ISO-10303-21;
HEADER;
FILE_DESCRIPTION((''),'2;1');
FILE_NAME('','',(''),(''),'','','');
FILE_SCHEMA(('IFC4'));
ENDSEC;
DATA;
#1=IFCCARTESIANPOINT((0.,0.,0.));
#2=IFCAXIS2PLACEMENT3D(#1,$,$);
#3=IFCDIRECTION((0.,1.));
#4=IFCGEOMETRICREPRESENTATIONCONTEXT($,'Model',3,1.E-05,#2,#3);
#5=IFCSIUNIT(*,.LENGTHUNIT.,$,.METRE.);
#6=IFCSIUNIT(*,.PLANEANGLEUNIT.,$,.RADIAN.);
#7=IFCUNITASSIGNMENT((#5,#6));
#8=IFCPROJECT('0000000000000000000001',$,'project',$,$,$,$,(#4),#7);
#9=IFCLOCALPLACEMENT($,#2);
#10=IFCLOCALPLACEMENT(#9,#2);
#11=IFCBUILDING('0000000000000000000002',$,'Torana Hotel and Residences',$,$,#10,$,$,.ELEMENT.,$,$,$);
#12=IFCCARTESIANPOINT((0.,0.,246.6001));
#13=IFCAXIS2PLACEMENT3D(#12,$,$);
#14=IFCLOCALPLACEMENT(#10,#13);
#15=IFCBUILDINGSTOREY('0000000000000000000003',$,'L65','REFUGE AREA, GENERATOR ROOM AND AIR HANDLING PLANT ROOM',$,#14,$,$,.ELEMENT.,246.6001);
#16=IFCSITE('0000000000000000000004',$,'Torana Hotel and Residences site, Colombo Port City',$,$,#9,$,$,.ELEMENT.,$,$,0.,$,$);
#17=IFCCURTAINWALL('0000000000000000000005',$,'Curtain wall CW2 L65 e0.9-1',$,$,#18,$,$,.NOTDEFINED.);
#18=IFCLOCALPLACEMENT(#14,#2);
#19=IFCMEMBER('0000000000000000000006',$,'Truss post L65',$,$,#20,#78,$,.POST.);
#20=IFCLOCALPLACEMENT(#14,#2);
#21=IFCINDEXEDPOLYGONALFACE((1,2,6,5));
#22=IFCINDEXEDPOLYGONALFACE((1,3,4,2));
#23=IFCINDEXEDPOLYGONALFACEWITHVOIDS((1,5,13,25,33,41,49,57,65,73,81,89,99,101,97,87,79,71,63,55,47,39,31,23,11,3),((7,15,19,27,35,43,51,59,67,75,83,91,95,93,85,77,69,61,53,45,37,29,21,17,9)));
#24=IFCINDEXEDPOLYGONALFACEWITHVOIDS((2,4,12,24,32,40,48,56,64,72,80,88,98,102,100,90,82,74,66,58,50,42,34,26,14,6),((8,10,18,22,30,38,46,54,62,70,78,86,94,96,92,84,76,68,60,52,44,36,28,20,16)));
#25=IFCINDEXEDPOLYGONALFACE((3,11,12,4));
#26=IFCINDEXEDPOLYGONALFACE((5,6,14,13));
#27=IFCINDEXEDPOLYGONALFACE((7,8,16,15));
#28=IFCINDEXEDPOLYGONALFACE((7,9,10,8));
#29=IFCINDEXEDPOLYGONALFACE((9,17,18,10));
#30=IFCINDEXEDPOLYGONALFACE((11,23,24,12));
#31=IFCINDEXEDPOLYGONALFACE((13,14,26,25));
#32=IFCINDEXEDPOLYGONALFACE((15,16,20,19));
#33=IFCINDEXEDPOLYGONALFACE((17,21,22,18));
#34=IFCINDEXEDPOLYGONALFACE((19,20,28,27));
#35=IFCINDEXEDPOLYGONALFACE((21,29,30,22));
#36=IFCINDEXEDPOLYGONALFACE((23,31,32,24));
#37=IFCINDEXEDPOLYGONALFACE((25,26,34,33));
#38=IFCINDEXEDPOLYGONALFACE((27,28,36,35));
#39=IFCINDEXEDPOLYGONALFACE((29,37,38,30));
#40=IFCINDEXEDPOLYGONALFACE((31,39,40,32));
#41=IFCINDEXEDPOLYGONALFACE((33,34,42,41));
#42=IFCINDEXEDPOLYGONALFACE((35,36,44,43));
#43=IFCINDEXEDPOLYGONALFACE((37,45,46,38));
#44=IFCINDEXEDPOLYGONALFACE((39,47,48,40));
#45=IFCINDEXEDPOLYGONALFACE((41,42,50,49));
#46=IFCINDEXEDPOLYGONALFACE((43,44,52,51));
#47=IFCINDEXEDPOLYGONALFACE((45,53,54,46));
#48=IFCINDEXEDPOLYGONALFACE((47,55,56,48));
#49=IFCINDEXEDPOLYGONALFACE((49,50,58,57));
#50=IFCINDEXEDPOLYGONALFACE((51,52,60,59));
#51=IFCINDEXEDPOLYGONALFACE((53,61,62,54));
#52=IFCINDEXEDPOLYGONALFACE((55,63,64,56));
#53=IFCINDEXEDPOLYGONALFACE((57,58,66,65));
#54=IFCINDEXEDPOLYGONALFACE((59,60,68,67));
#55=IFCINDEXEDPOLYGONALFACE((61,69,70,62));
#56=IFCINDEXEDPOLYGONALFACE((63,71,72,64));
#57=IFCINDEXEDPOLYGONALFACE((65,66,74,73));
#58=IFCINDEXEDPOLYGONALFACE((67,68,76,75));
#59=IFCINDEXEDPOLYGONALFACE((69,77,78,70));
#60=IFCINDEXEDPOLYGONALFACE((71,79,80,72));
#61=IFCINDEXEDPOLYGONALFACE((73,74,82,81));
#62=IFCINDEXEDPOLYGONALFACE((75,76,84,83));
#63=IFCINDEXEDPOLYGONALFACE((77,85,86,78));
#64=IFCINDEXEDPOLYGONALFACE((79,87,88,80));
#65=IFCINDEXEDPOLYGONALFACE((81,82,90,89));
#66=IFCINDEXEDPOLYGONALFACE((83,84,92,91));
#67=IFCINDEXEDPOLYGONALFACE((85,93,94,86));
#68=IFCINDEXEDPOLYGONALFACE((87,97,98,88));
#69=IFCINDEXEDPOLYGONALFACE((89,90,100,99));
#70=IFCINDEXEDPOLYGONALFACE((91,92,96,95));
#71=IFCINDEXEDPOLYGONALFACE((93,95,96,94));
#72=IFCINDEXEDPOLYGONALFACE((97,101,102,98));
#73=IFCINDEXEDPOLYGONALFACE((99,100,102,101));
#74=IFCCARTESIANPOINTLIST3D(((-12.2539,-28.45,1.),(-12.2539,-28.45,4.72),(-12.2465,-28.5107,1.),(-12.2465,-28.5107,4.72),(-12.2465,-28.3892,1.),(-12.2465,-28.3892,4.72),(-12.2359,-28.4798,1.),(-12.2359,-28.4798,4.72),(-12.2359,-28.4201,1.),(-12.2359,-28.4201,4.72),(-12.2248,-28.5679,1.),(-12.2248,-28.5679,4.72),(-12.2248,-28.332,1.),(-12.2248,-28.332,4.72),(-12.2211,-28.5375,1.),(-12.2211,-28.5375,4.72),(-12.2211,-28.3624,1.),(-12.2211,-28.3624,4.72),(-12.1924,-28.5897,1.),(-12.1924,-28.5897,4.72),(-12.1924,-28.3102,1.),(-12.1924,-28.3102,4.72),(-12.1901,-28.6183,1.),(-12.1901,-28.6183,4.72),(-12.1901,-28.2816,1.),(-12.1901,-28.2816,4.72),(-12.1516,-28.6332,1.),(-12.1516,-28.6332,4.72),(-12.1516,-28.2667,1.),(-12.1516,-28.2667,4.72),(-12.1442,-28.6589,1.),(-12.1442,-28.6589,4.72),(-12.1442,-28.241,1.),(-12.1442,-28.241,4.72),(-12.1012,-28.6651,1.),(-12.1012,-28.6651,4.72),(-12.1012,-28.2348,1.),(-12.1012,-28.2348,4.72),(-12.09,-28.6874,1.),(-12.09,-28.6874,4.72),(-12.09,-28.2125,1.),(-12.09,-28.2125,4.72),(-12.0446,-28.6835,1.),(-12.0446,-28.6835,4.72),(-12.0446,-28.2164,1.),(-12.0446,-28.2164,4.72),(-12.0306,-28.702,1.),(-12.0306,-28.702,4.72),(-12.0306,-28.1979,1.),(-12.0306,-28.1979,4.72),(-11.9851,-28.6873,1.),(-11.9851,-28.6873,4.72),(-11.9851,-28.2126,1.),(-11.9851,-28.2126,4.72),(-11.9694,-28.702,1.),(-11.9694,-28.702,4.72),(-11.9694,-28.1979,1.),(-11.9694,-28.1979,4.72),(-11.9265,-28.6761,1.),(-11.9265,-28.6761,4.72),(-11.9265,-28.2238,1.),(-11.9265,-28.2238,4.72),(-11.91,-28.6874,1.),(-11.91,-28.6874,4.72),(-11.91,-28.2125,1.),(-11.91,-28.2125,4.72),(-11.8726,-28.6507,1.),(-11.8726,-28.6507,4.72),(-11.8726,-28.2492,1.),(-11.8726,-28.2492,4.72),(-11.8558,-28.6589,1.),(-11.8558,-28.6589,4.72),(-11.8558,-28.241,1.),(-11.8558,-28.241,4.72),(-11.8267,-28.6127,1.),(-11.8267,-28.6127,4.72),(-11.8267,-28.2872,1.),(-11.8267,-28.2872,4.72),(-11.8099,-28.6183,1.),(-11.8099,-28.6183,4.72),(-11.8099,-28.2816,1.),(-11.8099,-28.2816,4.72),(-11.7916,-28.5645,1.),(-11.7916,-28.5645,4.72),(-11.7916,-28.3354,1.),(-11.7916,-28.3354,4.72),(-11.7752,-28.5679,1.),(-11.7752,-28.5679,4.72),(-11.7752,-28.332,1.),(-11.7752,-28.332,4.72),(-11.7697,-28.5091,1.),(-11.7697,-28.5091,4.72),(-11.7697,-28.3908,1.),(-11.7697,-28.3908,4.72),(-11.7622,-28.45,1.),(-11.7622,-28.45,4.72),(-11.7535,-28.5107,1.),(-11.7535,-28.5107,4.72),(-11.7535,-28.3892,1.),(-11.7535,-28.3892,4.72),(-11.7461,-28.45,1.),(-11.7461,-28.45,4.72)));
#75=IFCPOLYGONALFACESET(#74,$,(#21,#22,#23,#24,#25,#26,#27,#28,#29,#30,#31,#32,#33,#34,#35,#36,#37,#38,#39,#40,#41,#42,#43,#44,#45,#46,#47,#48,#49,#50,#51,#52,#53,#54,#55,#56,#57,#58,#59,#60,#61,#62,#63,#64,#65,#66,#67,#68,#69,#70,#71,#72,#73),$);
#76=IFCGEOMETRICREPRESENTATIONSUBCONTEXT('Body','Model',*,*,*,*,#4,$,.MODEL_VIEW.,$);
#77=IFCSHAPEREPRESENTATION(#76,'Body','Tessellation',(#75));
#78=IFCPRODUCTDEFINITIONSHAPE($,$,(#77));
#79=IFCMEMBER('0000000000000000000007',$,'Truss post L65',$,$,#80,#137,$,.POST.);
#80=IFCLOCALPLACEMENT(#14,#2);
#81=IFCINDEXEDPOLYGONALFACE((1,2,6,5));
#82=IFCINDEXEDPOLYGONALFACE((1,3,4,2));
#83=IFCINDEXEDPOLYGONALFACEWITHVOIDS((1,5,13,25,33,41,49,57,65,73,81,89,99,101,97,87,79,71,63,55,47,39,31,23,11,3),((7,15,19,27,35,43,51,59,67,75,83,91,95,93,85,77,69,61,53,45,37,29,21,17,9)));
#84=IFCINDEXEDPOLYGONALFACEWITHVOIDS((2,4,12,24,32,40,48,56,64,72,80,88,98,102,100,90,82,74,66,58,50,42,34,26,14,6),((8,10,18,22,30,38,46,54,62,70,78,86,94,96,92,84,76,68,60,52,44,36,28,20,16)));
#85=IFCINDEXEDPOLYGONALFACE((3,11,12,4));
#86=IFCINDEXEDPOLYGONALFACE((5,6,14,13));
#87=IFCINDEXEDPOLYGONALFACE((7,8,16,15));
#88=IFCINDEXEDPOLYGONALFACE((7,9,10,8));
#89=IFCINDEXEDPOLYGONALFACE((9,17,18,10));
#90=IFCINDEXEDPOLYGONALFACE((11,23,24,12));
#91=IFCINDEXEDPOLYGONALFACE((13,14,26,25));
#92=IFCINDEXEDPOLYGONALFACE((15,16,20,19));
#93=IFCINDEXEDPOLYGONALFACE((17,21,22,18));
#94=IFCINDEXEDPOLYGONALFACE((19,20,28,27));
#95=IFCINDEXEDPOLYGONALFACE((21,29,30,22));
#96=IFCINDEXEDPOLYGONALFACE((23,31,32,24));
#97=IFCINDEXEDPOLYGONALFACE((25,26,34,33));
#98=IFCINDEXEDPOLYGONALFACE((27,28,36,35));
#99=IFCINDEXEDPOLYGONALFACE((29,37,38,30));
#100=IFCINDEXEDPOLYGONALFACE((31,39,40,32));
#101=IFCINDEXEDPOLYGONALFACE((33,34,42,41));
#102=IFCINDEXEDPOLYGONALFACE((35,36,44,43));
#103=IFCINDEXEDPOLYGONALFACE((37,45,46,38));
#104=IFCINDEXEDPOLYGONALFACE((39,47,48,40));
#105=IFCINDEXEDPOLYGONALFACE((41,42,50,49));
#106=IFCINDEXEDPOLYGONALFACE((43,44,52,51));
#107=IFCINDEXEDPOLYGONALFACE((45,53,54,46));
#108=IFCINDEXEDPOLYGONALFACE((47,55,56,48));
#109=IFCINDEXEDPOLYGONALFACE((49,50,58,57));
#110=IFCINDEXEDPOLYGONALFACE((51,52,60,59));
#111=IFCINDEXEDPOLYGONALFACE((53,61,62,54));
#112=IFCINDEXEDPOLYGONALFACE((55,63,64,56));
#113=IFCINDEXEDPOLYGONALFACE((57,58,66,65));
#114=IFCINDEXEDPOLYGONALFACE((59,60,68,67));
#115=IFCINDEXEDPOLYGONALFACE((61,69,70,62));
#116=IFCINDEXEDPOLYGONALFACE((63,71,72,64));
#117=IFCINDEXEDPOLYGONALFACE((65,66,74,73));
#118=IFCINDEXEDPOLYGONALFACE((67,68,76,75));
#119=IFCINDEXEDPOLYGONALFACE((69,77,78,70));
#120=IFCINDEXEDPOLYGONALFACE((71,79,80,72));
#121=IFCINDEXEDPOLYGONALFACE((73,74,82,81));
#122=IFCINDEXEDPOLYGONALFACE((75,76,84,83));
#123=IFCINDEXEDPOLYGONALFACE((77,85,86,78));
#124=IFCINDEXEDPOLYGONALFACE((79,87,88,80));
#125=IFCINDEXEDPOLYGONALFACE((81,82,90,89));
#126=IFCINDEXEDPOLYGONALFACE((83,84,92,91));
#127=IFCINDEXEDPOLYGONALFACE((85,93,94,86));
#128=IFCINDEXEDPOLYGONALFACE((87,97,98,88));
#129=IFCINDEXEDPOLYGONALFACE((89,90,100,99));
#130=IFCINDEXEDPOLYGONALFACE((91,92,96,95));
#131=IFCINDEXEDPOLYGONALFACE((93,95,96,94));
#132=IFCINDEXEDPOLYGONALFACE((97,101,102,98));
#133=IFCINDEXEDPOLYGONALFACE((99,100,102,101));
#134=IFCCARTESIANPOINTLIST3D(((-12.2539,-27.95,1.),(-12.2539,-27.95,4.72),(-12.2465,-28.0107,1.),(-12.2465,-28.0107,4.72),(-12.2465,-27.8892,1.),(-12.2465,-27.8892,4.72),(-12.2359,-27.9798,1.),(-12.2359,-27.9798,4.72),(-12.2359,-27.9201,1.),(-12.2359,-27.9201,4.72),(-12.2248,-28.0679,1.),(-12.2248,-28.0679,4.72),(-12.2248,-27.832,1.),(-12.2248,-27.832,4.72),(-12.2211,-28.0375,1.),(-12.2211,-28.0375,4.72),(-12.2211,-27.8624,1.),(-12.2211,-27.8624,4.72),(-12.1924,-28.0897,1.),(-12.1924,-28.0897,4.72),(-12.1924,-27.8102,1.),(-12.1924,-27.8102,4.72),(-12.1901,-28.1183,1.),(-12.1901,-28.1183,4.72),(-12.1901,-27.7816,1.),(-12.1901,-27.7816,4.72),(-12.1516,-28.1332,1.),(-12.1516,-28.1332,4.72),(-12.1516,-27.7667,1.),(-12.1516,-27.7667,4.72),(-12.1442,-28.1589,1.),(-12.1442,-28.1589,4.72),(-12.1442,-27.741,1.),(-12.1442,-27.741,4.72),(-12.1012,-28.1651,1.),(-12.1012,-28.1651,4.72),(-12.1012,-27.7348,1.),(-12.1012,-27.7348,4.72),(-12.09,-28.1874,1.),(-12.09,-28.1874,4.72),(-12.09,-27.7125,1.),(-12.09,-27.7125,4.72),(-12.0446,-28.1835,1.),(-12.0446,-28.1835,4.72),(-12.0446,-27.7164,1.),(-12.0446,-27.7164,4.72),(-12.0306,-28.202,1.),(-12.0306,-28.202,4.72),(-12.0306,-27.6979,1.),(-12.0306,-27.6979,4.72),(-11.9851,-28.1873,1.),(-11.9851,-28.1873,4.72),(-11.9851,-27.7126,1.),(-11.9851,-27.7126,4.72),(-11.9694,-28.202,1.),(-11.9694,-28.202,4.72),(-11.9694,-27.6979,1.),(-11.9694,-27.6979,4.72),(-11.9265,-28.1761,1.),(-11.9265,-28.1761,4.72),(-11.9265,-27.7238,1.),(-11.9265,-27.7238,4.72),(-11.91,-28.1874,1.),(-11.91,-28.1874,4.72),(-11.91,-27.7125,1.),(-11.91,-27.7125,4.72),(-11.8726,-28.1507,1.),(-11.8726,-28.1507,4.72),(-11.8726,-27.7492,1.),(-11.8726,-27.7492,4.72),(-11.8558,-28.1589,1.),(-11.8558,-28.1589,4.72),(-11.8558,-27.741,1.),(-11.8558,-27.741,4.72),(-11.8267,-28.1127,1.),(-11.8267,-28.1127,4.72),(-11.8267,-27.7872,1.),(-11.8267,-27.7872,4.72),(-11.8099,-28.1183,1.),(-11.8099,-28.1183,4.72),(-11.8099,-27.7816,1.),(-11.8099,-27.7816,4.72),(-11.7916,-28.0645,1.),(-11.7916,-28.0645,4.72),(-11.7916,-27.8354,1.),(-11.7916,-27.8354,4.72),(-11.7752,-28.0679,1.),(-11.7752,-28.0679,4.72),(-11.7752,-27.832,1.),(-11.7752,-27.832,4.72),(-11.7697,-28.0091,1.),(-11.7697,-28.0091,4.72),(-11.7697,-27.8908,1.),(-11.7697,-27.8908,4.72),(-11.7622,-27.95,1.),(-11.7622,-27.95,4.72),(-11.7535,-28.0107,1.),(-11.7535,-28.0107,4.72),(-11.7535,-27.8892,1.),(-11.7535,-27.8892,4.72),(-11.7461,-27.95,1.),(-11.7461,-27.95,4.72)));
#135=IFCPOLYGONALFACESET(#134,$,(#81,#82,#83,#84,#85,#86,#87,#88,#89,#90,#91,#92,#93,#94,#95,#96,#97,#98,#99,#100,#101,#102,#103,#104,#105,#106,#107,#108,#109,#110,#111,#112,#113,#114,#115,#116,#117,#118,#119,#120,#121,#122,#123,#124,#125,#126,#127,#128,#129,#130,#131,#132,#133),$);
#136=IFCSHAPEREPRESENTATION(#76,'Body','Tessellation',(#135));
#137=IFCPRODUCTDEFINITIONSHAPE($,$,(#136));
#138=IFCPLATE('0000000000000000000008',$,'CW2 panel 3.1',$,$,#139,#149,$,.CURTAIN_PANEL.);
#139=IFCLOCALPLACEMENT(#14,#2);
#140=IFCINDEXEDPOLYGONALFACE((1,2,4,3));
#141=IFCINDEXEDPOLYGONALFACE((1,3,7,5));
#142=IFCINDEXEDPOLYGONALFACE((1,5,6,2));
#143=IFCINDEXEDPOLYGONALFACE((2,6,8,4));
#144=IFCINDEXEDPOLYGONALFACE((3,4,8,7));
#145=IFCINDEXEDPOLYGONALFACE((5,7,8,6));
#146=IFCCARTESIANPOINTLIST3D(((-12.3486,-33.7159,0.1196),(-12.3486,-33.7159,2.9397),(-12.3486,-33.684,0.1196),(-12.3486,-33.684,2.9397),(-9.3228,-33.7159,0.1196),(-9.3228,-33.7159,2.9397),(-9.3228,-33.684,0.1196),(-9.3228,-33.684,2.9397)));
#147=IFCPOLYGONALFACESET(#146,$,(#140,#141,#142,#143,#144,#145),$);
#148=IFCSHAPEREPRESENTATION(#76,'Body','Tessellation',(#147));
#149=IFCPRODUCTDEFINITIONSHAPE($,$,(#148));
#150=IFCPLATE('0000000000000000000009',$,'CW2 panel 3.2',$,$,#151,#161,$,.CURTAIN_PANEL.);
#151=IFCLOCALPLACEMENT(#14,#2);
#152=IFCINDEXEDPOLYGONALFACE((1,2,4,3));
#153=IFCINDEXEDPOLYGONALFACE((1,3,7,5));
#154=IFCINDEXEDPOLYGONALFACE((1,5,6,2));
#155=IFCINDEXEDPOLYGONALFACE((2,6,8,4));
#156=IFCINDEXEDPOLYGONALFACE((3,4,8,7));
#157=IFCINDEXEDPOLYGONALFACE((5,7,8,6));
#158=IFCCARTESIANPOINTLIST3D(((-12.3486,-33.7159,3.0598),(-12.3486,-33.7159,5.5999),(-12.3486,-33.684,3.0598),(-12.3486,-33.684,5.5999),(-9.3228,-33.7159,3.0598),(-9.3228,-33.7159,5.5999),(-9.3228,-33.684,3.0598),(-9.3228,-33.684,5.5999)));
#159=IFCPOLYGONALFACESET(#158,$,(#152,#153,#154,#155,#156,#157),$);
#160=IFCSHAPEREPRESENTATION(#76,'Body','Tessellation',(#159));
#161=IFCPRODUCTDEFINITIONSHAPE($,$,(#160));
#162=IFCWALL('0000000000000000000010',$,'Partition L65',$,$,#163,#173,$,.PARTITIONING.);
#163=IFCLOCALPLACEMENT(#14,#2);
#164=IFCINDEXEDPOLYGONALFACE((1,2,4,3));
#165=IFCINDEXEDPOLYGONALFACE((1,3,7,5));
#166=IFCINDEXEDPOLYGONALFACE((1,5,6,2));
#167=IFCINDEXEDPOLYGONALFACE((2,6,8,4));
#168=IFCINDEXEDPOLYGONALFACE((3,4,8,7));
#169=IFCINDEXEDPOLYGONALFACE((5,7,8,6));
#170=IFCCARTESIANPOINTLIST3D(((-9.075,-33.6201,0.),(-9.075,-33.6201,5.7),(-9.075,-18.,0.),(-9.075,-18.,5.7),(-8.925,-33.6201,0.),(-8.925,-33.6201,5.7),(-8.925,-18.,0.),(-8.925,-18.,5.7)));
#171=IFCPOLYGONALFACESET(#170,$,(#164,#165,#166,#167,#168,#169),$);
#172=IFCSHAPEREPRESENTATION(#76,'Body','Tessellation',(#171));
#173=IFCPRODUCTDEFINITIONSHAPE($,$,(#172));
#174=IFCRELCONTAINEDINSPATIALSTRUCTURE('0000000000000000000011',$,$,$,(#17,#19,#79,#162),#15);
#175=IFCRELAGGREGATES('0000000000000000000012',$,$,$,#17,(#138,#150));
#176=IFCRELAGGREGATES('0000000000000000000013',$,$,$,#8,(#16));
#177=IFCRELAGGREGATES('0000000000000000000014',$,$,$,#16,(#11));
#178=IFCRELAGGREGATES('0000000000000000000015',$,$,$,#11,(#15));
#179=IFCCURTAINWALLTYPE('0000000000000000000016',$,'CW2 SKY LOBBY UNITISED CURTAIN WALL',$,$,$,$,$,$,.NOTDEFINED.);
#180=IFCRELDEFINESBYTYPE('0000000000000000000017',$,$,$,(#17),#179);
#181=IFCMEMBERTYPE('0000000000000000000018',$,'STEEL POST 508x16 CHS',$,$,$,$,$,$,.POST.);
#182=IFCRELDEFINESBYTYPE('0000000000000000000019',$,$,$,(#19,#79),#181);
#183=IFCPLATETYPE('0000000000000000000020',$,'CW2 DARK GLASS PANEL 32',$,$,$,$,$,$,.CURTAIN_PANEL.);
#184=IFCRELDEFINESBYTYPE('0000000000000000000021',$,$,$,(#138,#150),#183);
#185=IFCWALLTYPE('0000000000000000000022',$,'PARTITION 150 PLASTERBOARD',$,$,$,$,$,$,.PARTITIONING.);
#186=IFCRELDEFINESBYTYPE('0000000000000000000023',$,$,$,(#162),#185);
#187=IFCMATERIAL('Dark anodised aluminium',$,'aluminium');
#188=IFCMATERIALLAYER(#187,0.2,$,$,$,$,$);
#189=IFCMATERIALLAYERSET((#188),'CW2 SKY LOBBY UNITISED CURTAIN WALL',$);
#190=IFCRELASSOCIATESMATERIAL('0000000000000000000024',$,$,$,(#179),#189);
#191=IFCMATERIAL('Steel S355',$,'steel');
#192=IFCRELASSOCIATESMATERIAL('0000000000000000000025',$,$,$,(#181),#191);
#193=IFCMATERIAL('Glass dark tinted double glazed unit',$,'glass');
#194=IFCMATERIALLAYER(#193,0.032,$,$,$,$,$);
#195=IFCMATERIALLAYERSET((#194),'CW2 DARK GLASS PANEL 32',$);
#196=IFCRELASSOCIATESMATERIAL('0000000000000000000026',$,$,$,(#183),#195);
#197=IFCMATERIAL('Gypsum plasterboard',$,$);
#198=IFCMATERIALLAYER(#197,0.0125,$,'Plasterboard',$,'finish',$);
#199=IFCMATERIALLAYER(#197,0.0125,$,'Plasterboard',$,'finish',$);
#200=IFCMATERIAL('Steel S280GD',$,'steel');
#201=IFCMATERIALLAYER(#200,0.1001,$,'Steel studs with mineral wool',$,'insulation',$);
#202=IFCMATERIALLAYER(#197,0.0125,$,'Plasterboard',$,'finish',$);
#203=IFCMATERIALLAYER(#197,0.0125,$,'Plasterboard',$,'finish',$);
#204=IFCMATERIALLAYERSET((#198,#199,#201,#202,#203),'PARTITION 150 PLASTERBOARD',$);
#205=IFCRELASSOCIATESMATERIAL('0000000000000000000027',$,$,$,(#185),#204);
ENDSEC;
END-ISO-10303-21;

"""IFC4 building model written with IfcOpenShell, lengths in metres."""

from ifc_helpers import new_model, si_unit, direction, frame, frame_2d, origin, origin_2d, place, context, subcontext, project, spatial, rectangle, hollow_circle, extrude, material, layer, layer_set, material_profile, profile_set, type_object, element, aggregate, save


model = new_model("IFC4")

# Units and contexts
model_context = context("Model", 3, precision=1e-05, world=origin(), true_north=direction((0.0, 1.0)))
body_context = subcontext(model_context, "Body", "Model", "MODEL_VIEW")
ifc_project = project(units=[si_unit("LENGTHUNIT", "METRE"), si_unit("PLANEANGLEUNIT", "RADIAN")], contexts=[model_context])

# Site, building, storey
site_placement = place(None, origin())
site = spatial("IfcSite", under=ifc_project, at=site_placement, Name="Torana Hotel and Residences site, Colombo Port City", CompositionType="ELEMENT", RefElevation=0.0)
building_placement = place(site_placement, origin())
building = spatial("IfcBuilding", under=site, at=building_placement, Name="Torana Hotel and Residences", CompositionType="ELEMENT")
storey_placement = place(building_placement, frame((0.0, 0.0, 246.6001)))
storey = spatial("IfcBuildingStorey", under=building, at=storey_placement, Name="L65", Description="REFUGE AREA, GENERATOR ROOM AND AIR HANDLING PLANT ROOM", CompositionType="ELEMENT", Elevation=246.6001)

# Curtain wall
ifc_material_1 = material(Name="Dark anodised aluminium", Category="aluminium")
ifc_layer_1 = layer(ifc_material_1, 0.2)
ifc_layer_set_1 = layer_set([ifc_layer_1], Name="CW2 SKY LOBBY UNITISED CURTAIN WALL")
curtain_wall_type = type_object("IfcCurtainWallType", Name="CW2 SKY LOBBY UNITISED CURTAIN WALL", PredefinedType="NOTDEFINED", material=ifc_layer_set_1)
curtain_wall_placement = place(storey_placement, origin())
curtain_wall = element("IfcCurtainWall", 1, at=curtain_wall_placement, inside=storey, type_object=curtain_wall_type, Name="Curtain wall CW2 L65 e0.9-1", PredefinedType="NOTDEFINED")

# Members
ifc_material_2 = material(Name="Steel S355", Category="steel")
ifc_material_profile_1 = material_profile(ifc_material_2, hollow_circle(Radius=0.2539, WallThickness=0.0161, at=origin_2d()), Name="508x16 CHS")
ifc_profile_set_1 = profile_set([ifc_material_profile_1], Name="Steel S355")
member_type_1 = type_object("IfcMemberType", Name="STEEL POST 508x16 CHS", PredefinedType="POST", material=ifc_profile_set_1)
for number, where, z_axis, x_axis, name in (
    (2, (-12.0, -28.45, 1.0), (0.0, 0.0, 1.0), (1.0, 0.0, 0.0), "Truss post L65"),
    (3, (-12.0, -27.95, 1.0), (0.0, 0.0, 1.0), (1.0, 0.0, 0.0), "Truss post L65"),
):
    element("IfcMember", number, at=place(storey_placement, frame(where, z_axis=z_axis, x_axis=x_axis)), inside=storey, type_object=member_type_1, Name=name, PredefinedType="POST", context=body_context, shape_type="SweptSolid", body=[
        extrude(hollow_circle(Radius=0.2539, WallThickness=0.0161, at=origin_2d()), origin(), (0.0, 0.0, 1.0), 3.72),
    ])

# Plates
ifc_material_3 = material(Name="Glass dark tinted double glazed unit", Category="glass")
ifc_layer_2 = layer(ifc_material_3, 0.032)
ifc_layer_set_2 = layer_set([ifc_layer_2], Name="CW2 DARK GLASS PANEL 32")
plate_type = type_object("IfcPlateType", Name="CW2 DARK GLASS PANEL 32", PredefinedType="CURTAIN_PANEL", material=ifc_layer_set_2)
plate_1_placement = place(storey_placement, frame((-10.8357, -33.7, 0.1196), z_axis=(0.0, 0.0, 1.0), x_axis=(1.0, 0.0, 0.0)))
plate_1 = element("IfcPlate", 4, at=plate_1_placement, type_object=plate_type, Name="CW2 panel 3.1", PredefinedType="CURTAIN_PANEL", context=body_context, shape_type="SweptSolid", body=[
    extrude(rectangle(XDim=3.0259, YDim=0.032, at=origin_2d()), origin(), (0.0, 0.0, 1.0), 2.8201),
])
plate_2_placement = place(storey_placement, frame((-10.8357, -33.7, 3.0598), z_axis=(0.0, 0.0, 1.0), x_axis=(1.0, 0.0, 0.0)))
plate_2 = element("IfcPlate", 5, at=plate_2_placement, type_object=plate_type, Name="CW2 panel 3.2", PredefinedType="CURTAIN_PANEL", context=body_context, shape_type="SweptSolid", body=[
    extrude(rectangle(XDim=3.0259, YDim=0.032, at=origin_2d()), origin(), (0.0, 0.0, 1.0), 2.54),
])
aggregate(curtain_wall, [plate_1, plate_2])

# Wall
ifc_material_4 = material(Name="Gypsum plasterboard")
ifc_layer_3 = layer(ifc_material_4, 0.0125, Name="Plasterboard", Category="finish")
ifc_layer_4 = layer(ifc_material_4, 0.0125, Name="Plasterboard", Category="finish")
ifc_material_5 = material(Name="Steel S280GD", Category="steel")
ifc_layer_5 = layer(ifc_material_5, 0.1001, Name="Steel studs with mineral wool", Category="insulation")
ifc_layer_6 = layer(ifc_material_4, 0.0125, Name="Plasterboard", Category="finish")
ifc_layer_7 = layer(ifc_material_4, 0.0125, Name="Plasterboard", Category="finish")
ifc_layer_set_3 = layer_set([ifc_layer_3, ifc_layer_4, ifc_layer_5, ifc_layer_6, ifc_layer_7], Name="PARTITION 150 PLASTERBOARD")
wall_type = type_object("IfcWallType", Name="PARTITION 150 PLASTERBOARD", PredefinedType="PARTITIONING", material=ifc_layer_set_3)
wall_placement = place(storey_placement, frame((-9.0, -33.6201, 0.0), z_axis=(0.0, 0.0, 1.0), x_axis=(0.0, 1.0, 0.0)))
element("IfcWall", 6, at=wall_placement, inside=storey, type_object=wall_type, Name="Partition L65", PredefinedType="PARTITIONING", context=body_context, shape_type="SweptSolid", body=[
    extrude(rectangle(XDim=15.6201, YDim=0.1499, at=frame_2d((7.8101, 0.0))), origin(), (0.0, 0.0, 1.0), 5.7),
])

save(model, "model.ifc")
